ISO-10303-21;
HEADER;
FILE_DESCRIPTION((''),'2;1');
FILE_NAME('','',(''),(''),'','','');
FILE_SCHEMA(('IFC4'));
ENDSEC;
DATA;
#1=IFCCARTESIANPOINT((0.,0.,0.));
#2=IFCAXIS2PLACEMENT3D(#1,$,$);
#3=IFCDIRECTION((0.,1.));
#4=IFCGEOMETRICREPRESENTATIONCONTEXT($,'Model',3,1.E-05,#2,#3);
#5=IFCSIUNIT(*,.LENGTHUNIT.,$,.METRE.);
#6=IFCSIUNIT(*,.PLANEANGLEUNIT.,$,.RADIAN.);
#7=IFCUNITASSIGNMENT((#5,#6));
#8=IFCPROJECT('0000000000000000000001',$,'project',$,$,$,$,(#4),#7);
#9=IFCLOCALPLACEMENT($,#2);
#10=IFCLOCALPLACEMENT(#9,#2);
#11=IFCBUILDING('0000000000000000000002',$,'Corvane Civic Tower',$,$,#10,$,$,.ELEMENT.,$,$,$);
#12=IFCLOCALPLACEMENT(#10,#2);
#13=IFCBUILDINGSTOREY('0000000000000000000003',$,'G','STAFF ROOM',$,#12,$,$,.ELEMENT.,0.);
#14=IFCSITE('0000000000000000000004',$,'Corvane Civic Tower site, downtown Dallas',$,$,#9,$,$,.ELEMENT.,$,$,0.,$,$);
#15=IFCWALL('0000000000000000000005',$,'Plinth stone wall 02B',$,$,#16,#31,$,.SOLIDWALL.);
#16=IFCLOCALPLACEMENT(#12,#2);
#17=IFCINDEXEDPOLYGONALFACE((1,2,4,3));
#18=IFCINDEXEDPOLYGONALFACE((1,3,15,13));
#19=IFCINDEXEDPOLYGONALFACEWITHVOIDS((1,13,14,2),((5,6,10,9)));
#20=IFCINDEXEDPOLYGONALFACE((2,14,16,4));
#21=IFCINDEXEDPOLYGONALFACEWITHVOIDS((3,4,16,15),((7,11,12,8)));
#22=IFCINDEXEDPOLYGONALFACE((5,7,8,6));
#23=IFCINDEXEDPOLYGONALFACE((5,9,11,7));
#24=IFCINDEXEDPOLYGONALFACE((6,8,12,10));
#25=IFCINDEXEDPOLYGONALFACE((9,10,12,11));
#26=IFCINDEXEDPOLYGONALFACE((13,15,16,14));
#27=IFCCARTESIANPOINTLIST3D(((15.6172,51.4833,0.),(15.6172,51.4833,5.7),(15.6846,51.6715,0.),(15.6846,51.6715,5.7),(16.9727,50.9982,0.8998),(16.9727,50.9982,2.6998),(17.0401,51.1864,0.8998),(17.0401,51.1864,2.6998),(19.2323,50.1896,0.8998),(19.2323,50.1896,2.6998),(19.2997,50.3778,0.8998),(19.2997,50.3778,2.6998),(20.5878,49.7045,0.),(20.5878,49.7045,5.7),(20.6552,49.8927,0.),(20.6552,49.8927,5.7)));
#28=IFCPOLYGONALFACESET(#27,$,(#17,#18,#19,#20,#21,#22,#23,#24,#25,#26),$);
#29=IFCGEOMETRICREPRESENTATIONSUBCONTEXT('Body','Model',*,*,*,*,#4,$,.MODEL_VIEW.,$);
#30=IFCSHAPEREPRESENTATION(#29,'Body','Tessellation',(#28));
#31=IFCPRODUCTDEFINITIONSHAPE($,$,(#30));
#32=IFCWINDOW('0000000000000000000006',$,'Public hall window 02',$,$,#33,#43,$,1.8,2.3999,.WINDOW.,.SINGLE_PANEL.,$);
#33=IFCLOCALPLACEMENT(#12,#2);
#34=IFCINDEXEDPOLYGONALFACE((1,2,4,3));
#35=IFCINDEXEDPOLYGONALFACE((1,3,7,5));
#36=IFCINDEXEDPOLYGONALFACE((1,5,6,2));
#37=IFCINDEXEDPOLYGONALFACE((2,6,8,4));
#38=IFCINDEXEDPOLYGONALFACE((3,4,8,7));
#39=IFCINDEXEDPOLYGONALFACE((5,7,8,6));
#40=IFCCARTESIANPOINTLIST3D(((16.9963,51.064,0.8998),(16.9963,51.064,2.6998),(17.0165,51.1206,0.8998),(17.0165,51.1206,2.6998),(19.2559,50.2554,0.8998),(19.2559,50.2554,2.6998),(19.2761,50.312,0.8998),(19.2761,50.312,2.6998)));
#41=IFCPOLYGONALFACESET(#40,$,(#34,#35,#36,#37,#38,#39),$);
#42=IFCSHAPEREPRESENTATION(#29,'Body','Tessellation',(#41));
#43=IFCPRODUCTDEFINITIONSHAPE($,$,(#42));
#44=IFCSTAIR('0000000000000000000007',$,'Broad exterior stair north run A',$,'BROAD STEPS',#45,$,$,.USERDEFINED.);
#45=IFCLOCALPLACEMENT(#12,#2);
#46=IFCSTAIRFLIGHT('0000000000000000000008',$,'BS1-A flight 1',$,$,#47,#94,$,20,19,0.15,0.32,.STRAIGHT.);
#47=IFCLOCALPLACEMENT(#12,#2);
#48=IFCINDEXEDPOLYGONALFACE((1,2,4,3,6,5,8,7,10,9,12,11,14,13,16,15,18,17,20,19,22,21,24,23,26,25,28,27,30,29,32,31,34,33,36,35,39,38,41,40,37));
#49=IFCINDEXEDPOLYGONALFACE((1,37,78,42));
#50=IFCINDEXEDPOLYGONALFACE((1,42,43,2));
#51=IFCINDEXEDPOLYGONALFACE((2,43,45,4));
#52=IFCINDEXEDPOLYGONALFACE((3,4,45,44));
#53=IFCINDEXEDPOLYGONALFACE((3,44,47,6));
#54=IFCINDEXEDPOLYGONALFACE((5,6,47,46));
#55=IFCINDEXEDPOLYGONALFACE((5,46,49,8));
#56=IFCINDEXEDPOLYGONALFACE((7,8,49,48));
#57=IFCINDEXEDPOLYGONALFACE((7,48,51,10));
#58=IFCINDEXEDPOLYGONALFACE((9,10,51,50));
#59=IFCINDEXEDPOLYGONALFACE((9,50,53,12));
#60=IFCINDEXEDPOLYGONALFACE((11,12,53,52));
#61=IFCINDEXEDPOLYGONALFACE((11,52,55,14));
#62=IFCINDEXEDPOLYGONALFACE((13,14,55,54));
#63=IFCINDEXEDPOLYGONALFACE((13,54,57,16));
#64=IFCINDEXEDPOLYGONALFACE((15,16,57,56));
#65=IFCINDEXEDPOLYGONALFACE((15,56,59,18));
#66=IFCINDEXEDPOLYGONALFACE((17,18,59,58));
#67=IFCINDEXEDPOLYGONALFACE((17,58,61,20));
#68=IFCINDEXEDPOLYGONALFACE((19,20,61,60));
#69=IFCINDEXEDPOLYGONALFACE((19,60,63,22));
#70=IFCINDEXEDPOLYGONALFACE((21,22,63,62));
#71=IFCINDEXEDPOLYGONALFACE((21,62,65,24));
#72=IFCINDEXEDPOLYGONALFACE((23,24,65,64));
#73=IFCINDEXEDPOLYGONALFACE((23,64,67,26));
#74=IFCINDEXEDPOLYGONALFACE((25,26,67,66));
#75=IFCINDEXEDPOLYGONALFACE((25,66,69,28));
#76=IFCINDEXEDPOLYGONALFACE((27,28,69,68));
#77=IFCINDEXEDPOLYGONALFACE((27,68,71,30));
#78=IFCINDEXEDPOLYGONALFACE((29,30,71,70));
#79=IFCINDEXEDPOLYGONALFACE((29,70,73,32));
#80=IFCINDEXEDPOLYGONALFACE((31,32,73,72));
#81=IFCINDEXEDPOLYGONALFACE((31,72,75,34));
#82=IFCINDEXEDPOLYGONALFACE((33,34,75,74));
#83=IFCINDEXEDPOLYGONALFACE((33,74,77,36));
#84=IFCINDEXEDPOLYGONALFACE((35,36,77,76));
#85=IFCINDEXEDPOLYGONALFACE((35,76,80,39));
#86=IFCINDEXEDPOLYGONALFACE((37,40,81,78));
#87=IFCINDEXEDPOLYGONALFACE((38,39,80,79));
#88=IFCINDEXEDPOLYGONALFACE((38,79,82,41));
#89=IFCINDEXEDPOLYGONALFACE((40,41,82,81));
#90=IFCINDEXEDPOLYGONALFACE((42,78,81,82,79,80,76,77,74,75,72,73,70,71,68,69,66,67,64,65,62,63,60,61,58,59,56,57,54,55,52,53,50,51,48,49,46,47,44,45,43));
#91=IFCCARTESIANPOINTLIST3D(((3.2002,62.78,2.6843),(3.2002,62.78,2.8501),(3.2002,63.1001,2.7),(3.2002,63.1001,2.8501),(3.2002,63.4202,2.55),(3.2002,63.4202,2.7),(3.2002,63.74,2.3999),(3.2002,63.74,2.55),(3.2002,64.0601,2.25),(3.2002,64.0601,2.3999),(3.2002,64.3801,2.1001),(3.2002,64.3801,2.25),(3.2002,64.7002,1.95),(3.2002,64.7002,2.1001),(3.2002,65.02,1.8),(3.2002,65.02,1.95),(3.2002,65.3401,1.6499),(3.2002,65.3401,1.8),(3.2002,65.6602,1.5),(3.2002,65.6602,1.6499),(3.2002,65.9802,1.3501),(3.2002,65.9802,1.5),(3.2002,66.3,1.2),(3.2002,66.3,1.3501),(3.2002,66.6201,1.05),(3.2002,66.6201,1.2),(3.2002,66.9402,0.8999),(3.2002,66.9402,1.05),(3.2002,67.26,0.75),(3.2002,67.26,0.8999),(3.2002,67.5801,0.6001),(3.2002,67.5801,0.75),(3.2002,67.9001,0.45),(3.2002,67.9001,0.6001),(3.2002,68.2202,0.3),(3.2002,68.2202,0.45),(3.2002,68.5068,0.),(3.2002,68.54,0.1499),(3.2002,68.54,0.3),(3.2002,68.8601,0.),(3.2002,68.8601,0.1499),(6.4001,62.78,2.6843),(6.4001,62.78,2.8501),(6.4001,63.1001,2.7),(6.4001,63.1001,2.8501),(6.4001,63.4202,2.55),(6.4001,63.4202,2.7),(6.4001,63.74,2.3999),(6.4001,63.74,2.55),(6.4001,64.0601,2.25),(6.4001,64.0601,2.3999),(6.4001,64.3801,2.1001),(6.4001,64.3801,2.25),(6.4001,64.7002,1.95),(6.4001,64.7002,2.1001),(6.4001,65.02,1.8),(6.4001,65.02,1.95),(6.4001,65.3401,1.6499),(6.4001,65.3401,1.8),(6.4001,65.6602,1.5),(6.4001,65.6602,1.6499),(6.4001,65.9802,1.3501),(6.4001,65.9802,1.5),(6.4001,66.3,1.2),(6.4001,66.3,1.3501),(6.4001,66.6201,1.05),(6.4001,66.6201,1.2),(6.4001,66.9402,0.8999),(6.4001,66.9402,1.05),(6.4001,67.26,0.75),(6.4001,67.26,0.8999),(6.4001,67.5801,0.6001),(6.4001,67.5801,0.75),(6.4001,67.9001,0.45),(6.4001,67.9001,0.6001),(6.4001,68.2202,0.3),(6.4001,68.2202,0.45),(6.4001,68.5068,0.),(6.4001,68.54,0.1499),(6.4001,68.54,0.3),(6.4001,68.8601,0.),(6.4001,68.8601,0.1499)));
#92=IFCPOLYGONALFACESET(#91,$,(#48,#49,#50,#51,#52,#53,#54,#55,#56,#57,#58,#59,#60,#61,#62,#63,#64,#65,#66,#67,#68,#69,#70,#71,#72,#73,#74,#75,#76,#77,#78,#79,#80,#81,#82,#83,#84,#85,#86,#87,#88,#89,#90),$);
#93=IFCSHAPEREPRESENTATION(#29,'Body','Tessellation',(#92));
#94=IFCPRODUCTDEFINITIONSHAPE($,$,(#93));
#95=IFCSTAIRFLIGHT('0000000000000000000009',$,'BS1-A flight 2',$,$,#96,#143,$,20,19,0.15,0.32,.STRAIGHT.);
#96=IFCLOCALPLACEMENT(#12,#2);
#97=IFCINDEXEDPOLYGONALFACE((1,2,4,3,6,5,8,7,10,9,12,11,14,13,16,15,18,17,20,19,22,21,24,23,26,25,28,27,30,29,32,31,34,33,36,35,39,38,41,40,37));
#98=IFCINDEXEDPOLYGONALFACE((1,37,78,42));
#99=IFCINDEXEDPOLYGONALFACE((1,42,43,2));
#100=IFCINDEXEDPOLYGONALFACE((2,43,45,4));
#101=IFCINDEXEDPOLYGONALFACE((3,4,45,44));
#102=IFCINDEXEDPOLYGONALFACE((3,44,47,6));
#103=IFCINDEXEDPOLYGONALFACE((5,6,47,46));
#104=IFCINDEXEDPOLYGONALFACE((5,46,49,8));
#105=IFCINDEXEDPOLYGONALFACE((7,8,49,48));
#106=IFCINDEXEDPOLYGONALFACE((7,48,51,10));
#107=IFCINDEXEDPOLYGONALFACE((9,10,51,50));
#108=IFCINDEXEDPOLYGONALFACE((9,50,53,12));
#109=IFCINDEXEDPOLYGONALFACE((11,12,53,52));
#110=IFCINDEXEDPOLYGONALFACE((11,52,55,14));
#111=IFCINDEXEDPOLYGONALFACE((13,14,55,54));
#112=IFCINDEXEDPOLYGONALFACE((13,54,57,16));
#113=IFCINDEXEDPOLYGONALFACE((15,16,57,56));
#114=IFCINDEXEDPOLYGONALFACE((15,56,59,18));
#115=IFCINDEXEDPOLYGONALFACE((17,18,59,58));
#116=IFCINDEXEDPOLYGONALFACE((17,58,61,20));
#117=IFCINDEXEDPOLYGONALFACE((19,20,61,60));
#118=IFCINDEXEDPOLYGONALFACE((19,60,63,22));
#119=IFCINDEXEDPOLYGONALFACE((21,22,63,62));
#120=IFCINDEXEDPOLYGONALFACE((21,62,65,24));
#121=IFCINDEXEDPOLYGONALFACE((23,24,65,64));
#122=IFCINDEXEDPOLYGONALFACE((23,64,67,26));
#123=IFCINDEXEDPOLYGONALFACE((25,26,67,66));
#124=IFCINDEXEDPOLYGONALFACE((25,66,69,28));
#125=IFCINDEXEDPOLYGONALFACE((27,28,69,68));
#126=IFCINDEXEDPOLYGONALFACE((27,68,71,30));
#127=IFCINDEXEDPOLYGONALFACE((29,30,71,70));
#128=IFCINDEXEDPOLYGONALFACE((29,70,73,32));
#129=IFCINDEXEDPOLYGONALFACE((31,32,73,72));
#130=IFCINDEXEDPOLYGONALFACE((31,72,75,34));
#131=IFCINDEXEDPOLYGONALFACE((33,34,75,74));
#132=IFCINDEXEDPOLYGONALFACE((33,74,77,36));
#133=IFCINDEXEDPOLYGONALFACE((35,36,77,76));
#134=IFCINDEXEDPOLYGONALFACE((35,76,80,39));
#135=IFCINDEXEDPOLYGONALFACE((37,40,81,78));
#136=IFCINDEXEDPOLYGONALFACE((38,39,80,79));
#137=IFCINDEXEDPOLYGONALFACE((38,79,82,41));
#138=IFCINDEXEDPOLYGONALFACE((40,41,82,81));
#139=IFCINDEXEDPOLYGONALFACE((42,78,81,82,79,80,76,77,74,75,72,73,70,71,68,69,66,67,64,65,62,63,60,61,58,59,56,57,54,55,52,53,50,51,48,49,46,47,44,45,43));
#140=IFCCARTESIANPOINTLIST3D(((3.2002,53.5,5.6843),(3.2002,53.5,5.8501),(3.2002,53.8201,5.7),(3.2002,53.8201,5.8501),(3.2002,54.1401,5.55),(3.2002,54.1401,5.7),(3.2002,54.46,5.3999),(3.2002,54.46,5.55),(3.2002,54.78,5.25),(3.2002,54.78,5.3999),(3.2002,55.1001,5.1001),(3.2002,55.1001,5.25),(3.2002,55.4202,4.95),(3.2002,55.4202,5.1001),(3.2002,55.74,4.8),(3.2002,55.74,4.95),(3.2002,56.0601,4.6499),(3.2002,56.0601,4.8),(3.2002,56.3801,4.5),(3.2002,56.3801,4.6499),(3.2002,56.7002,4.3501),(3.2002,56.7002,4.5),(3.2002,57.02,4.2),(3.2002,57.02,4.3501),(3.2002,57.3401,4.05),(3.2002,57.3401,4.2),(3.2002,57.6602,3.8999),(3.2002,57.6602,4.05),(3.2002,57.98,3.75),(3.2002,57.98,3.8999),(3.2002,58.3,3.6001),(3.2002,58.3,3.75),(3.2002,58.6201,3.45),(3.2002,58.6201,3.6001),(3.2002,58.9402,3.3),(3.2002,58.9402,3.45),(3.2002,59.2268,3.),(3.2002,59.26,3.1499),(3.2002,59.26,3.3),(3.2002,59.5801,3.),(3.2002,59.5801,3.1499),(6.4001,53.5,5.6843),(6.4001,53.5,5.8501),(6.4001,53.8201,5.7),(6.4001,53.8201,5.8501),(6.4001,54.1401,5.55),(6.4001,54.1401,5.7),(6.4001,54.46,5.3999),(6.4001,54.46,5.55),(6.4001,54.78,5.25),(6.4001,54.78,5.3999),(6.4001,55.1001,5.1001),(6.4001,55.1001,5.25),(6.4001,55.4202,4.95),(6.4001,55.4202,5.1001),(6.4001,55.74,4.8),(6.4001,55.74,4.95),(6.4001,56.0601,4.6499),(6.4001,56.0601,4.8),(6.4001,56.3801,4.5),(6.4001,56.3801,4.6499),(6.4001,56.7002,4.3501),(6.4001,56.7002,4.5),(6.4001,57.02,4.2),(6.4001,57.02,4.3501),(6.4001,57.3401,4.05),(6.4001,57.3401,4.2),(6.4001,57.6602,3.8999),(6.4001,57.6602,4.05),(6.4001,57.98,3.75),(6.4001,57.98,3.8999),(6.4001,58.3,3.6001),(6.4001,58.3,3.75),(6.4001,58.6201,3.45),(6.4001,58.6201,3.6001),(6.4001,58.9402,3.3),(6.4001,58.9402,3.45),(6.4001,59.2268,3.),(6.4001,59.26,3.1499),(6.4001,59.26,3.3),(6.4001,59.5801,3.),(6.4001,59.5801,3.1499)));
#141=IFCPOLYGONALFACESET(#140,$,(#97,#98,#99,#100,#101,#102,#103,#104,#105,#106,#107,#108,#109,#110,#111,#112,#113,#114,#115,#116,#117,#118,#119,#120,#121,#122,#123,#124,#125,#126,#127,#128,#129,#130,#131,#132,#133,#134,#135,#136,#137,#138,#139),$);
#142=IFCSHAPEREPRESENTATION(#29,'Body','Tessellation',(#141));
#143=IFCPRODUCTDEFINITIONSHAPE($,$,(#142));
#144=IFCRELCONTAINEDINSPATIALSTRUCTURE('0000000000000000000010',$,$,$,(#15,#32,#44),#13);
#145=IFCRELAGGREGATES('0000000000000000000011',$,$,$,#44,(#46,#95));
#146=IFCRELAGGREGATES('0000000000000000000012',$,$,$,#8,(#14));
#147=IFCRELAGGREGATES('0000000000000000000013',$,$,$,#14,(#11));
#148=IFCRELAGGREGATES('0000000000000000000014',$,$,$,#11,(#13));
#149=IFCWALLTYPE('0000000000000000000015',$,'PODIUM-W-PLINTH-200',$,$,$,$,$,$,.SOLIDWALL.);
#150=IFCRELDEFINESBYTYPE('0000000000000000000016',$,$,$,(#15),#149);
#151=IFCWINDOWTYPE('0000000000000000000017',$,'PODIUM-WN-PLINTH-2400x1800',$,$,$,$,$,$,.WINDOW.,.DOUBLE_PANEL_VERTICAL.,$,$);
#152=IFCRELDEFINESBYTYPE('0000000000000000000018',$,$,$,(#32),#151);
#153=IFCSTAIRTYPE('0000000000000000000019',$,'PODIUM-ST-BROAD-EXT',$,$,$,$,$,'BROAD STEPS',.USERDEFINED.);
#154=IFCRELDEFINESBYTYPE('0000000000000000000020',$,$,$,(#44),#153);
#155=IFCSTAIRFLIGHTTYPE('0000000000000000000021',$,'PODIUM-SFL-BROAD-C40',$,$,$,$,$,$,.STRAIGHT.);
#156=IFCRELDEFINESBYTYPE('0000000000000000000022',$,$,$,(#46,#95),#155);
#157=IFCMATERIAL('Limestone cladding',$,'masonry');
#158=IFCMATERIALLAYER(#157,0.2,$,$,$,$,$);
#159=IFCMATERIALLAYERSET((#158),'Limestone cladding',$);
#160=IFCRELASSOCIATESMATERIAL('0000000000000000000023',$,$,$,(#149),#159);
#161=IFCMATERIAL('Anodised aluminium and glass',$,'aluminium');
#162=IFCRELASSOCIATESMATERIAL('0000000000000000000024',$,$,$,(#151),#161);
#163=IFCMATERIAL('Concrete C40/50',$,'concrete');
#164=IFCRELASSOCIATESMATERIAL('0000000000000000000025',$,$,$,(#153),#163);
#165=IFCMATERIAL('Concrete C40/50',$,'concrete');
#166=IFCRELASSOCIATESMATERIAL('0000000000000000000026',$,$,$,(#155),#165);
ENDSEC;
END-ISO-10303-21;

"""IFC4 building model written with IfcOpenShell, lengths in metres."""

from ifc_helpers import new_model, si_unit, direction, frame, frame_2d, origin, place, context, subcontext, project, spatial, polyline, rectangle, outline, extrude, material, layer, layer_set, type_object, element, fill, aggregate, save


model = new_model("IFC4")

# Units and contexts
model_context = context("Model", 3, precision=1e-05, world=origin(), true_north=direction((0.0, 1.0)))
body_context = subcontext(model_context, "Body", "Model", "MODEL_VIEW")
ifc_project = project(units=[si_unit("LENGTHUNIT", "METRE"), si_unit("PLANEANGLEUNIT", "RADIAN")], contexts=[model_context])

# Site, building, storey
site_placement = place(None, origin())
site = spatial("IfcSite", under=ifc_project, at=site_placement, Name="Corvane Civic Tower site, downtown Dallas", CompositionType="ELEMENT", RefElevation=0.0)
building_placement = place(site_placement, origin())
building = spatial("IfcBuilding", under=site, at=building_placement, Name="Corvane Civic Tower", CompositionType="ELEMENT")
storey_placement = place(building_placement, origin())
storey = spatial("IfcBuildingStorey", under=building, at=storey_placement, Name="G", Description="STAFF ROOM", CompositionType="ELEMENT", Elevation=0.0)

# Shared definitions
ifc_material_1 = material(Name="Limestone cladding", Category="masonry")
ifc_layer = layer(ifc_material_1, 0.2)
ifc_layer_set = layer_set([ifc_layer], Name="Limestone cladding")
wall_type = type_object("IfcWallType", Name="PODIUM-W-PLINTH-200", PredefinedType="SOLIDWALL", material=ifc_layer_set)

# Wall, opening, window
wall_1_placement = place(storey_placement, frame((15.6509, 51.5774, 0.0), z_axis=(0.0, 0.0, 1.0), x_axis=(0.941528, -0.336934, 0.0)))
wall_1 = element("IfcWall", 1, at=wall_1_placement, inside=storey, type_object=wall_type, Name="Plinth stone wall 02B", PredefinedType="SOLIDWALL", context=body_context, shape_type="SweptSolid", body=[
    extrude(rectangle(XDim=5.2793, YDim=0.2, at=frame_2d((2.6396, 0.0))), origin(), (0.0, 0.0, 1.0), 5.7),
])
opening_1_placement = place(wall_1_placement, frame((1.4397, 0.0, 0.8999)))
opening_1 = element("IfcOpeningElement", 2, at=opening_1_placement, cuts=wall_1, PredefinedType="OPENING", context=body_context, shape_type="SweptSolid", body=[
    extrude(rectangle(XDim=2.3999, YDim=1.8, at=frame_2d((1.2, 0.8999))), frame((0.0, 0.1099, 0.0), z_axis=(0.0, -1.0, 0.0), x_axis=(1.0, 0.0, 0.0)), (0.0, 0.0, 1.0), 0.22),
])
ifc_material_2 = material(Name="Anodised aluminium and glass", Category="aluminium")
window_type = type_object("IfcWindowType", Name="PODIUM-WN-PLINTH-2400x1800", PartitioningType="DOUBLE_PANEL_VERTICAL", PredefinedType="WINDOW", material=ifc_material_2)
window_placement = place(opening_1_placement, origin())
window = element("IfcWindow", 3, at=window_placement, inside=storey, type_object=window_type, Name="Public hall window 02", OverallHeight=1.8, OverallWidth=2.3999, PartitioningType="SINGLE_PANEL", PredefinedType="WINDOW", context=body_context, shape_type="SweptSolid", body=[
    extrude(rectangle(XDim=2.3999, YDim=1.8, at=frame_2d((1.2, 0.8999))), frame((0.0, 0.03, 0.0), z_axis=(0.0, -1.0, 0.0), x_axis=(1.0, 0.0, 0.0)), (0.0, 0.0, 1.0), 0.0601),
])
fill(opening_1, window)

# Stair, stair flights
ifc_material_3 = material(Name="Concrete C40/50", Category="concrete")
stair_type = type_object("IfcStairType", Name="PODIUM-ST-BROAD-EXT", ElementType="BROAD STEPS", PredefinedType="USERDEFINED", material=ifc_material_3)
stair_1_placement = place(storey_placement, origin())
stair_1 = element("IfcStair", 4, at=stair_1_placement, inside=storey, type_object=stair_type, Name="Broad exterior stair north run A", ObjectType="BROAD STEPS", PredefinedType="USERDEFINED")
ifc_material_4 = material(Name="Concrete C40/50", Category="concrete")
stair_flight_type = type_object("IfcStairFlightType", Name="PODIUM-SFL-BROAD-C40", PredefinedType="STRAIGHT", material=ifc_material_4)
stair_flight_1_placement = place(storey_placement, frame((4.8, 68.8601, 0.0), z_axis=(0.0, 0.0, 1.0), x_axis=(0.0, -1.0, 0.0)))
stair_flight_1 = element("IfcStairFlight", 5, at=stair_flight_1_placement, type_object=stair_flight_type, Name="BS1-A flight 1", NumberOfRisers=20, NumberOfTreads=19, PredefinedType="STRAIGHT", RiserHeight=0.15, TreadLength=0.32, context=body_context, shape_type="SweptSolid", body=[
    extrude(outline(polyline([(0.0, 0.0), (0.0, 0.1499), (0.3201, 0.1499), (0.3201, 0.3), (0.6399, 0.3), (0.6399, 0.45), (0.96, 0.45), (0.96, 0.6001), (1.28, 0.6001), (1.28, 0.75), (1.6001, 0.75), (1.6001, 0.8999), (1.9199, 0.8999), (1.9199, 1.05), (2.24, 1.05), (2.24, 1.2), (2.5601, 1.2), (2.5601, 1.3501), (2.8799, 1.3501), (2.8799, 1.5), (3.2, 1.5), (3.2, 1.6499), (3.52, 1.6499), (3.52, 1.8), (3.8401, 1.8), (3.8401, 1.95), (4.1599, 1.95), (4.1599, 2.1001), (4.48, 2.1001), (4.48, 2.25), (4.8, 2.25), (4.8, 2.3999), (5.1201, 2.3999), (5.1201, 2.55), (5.4399, 2.55), (5.4399, 2.7), (5.76, 2.7), (5.76, 2.8501), (6.0801, 2.8501), (6.0801, 3.0), (6.0801, 2.6843), (0.3533, 0.0), (0.0, 0.0)])), frame((0.0, 1.6001, 0.0), z_axis=(0.0, -1.0, 0.0), x_axis=(1.0, 0.0, 0.0)), (0.0, 0.0, 1.0), 3.2),
])
stair_flight_2_placement = place(storey_placement, frame((4.8, 59.5801, 3.0), z_axis=(0.0, 0.0, 1.0), x_axis=(0.0, -1.0, 0.0)))
stair_flight_2 = element("IfcStairFlight", 6, at=stair_flight_2_placement, type_object=stair_flight_type, Name="BS1-A flight 2", NumberOfRisers=20, NumberOfTreads=19, PredefinedType="STRAIGHT", RiserHeight=0.15, TreadLength=0.32, context=body_context, shape_type="SweptSolid", body=[
    extrude(outline(polyline([(0.0, 0.0), (0.0, 0.1499), (0.3201, 0.1499), (0.3201, 0.3), (0.6399, 0.3), (0.6399, 0.45), (0.96, 0.45), (0.96, 0.6001), (1.28, 0.6001), (1.28, 0.75), (1.6001, 0.75), (1.6001, 0.8999), (1.9199, 0.8999), (1.9199, 1.05), (2.24, 1.05), (2.24, 1.2), (2.5601, 1.2), (2.5601, 1.3501), (2.8799, 1.3501), (2.8799, 1.5), (3.2, 1.5), (3.2, 1.6499), (3.52, 1.6499), (3.52, 1.8), (3.8401, 1.8), (3.8401, 1.95), (4.1599, 1.95), (4.1599, 2.1001), (4.48, 2.1001), (4.48, 2.25), (4.8, 2.25), (4.8, 2.3999), (5.1201, 2.3999), (5.1201, 2.55), (5.4399, 2.55), (5.4399, 2.7), (5.76, 2.7), (5.76, 2.8501), (6.0801, 2.8501), (6.0801, 3.0), (6.0801, 2.6843), (0.3533, 0.0), (0.0, 0.0)])), frame((0.0, 1.6001, 0.0), z_axis=(0.0, -1.0, 0.0), x_axis=(1.0, 0.0, 0.0)), (0.0, 0.0, 1.0), 3.2),
])
aggregate(stair_1, [stair_flight_1, stair_flight_2])

save(model, "model.ifc")
